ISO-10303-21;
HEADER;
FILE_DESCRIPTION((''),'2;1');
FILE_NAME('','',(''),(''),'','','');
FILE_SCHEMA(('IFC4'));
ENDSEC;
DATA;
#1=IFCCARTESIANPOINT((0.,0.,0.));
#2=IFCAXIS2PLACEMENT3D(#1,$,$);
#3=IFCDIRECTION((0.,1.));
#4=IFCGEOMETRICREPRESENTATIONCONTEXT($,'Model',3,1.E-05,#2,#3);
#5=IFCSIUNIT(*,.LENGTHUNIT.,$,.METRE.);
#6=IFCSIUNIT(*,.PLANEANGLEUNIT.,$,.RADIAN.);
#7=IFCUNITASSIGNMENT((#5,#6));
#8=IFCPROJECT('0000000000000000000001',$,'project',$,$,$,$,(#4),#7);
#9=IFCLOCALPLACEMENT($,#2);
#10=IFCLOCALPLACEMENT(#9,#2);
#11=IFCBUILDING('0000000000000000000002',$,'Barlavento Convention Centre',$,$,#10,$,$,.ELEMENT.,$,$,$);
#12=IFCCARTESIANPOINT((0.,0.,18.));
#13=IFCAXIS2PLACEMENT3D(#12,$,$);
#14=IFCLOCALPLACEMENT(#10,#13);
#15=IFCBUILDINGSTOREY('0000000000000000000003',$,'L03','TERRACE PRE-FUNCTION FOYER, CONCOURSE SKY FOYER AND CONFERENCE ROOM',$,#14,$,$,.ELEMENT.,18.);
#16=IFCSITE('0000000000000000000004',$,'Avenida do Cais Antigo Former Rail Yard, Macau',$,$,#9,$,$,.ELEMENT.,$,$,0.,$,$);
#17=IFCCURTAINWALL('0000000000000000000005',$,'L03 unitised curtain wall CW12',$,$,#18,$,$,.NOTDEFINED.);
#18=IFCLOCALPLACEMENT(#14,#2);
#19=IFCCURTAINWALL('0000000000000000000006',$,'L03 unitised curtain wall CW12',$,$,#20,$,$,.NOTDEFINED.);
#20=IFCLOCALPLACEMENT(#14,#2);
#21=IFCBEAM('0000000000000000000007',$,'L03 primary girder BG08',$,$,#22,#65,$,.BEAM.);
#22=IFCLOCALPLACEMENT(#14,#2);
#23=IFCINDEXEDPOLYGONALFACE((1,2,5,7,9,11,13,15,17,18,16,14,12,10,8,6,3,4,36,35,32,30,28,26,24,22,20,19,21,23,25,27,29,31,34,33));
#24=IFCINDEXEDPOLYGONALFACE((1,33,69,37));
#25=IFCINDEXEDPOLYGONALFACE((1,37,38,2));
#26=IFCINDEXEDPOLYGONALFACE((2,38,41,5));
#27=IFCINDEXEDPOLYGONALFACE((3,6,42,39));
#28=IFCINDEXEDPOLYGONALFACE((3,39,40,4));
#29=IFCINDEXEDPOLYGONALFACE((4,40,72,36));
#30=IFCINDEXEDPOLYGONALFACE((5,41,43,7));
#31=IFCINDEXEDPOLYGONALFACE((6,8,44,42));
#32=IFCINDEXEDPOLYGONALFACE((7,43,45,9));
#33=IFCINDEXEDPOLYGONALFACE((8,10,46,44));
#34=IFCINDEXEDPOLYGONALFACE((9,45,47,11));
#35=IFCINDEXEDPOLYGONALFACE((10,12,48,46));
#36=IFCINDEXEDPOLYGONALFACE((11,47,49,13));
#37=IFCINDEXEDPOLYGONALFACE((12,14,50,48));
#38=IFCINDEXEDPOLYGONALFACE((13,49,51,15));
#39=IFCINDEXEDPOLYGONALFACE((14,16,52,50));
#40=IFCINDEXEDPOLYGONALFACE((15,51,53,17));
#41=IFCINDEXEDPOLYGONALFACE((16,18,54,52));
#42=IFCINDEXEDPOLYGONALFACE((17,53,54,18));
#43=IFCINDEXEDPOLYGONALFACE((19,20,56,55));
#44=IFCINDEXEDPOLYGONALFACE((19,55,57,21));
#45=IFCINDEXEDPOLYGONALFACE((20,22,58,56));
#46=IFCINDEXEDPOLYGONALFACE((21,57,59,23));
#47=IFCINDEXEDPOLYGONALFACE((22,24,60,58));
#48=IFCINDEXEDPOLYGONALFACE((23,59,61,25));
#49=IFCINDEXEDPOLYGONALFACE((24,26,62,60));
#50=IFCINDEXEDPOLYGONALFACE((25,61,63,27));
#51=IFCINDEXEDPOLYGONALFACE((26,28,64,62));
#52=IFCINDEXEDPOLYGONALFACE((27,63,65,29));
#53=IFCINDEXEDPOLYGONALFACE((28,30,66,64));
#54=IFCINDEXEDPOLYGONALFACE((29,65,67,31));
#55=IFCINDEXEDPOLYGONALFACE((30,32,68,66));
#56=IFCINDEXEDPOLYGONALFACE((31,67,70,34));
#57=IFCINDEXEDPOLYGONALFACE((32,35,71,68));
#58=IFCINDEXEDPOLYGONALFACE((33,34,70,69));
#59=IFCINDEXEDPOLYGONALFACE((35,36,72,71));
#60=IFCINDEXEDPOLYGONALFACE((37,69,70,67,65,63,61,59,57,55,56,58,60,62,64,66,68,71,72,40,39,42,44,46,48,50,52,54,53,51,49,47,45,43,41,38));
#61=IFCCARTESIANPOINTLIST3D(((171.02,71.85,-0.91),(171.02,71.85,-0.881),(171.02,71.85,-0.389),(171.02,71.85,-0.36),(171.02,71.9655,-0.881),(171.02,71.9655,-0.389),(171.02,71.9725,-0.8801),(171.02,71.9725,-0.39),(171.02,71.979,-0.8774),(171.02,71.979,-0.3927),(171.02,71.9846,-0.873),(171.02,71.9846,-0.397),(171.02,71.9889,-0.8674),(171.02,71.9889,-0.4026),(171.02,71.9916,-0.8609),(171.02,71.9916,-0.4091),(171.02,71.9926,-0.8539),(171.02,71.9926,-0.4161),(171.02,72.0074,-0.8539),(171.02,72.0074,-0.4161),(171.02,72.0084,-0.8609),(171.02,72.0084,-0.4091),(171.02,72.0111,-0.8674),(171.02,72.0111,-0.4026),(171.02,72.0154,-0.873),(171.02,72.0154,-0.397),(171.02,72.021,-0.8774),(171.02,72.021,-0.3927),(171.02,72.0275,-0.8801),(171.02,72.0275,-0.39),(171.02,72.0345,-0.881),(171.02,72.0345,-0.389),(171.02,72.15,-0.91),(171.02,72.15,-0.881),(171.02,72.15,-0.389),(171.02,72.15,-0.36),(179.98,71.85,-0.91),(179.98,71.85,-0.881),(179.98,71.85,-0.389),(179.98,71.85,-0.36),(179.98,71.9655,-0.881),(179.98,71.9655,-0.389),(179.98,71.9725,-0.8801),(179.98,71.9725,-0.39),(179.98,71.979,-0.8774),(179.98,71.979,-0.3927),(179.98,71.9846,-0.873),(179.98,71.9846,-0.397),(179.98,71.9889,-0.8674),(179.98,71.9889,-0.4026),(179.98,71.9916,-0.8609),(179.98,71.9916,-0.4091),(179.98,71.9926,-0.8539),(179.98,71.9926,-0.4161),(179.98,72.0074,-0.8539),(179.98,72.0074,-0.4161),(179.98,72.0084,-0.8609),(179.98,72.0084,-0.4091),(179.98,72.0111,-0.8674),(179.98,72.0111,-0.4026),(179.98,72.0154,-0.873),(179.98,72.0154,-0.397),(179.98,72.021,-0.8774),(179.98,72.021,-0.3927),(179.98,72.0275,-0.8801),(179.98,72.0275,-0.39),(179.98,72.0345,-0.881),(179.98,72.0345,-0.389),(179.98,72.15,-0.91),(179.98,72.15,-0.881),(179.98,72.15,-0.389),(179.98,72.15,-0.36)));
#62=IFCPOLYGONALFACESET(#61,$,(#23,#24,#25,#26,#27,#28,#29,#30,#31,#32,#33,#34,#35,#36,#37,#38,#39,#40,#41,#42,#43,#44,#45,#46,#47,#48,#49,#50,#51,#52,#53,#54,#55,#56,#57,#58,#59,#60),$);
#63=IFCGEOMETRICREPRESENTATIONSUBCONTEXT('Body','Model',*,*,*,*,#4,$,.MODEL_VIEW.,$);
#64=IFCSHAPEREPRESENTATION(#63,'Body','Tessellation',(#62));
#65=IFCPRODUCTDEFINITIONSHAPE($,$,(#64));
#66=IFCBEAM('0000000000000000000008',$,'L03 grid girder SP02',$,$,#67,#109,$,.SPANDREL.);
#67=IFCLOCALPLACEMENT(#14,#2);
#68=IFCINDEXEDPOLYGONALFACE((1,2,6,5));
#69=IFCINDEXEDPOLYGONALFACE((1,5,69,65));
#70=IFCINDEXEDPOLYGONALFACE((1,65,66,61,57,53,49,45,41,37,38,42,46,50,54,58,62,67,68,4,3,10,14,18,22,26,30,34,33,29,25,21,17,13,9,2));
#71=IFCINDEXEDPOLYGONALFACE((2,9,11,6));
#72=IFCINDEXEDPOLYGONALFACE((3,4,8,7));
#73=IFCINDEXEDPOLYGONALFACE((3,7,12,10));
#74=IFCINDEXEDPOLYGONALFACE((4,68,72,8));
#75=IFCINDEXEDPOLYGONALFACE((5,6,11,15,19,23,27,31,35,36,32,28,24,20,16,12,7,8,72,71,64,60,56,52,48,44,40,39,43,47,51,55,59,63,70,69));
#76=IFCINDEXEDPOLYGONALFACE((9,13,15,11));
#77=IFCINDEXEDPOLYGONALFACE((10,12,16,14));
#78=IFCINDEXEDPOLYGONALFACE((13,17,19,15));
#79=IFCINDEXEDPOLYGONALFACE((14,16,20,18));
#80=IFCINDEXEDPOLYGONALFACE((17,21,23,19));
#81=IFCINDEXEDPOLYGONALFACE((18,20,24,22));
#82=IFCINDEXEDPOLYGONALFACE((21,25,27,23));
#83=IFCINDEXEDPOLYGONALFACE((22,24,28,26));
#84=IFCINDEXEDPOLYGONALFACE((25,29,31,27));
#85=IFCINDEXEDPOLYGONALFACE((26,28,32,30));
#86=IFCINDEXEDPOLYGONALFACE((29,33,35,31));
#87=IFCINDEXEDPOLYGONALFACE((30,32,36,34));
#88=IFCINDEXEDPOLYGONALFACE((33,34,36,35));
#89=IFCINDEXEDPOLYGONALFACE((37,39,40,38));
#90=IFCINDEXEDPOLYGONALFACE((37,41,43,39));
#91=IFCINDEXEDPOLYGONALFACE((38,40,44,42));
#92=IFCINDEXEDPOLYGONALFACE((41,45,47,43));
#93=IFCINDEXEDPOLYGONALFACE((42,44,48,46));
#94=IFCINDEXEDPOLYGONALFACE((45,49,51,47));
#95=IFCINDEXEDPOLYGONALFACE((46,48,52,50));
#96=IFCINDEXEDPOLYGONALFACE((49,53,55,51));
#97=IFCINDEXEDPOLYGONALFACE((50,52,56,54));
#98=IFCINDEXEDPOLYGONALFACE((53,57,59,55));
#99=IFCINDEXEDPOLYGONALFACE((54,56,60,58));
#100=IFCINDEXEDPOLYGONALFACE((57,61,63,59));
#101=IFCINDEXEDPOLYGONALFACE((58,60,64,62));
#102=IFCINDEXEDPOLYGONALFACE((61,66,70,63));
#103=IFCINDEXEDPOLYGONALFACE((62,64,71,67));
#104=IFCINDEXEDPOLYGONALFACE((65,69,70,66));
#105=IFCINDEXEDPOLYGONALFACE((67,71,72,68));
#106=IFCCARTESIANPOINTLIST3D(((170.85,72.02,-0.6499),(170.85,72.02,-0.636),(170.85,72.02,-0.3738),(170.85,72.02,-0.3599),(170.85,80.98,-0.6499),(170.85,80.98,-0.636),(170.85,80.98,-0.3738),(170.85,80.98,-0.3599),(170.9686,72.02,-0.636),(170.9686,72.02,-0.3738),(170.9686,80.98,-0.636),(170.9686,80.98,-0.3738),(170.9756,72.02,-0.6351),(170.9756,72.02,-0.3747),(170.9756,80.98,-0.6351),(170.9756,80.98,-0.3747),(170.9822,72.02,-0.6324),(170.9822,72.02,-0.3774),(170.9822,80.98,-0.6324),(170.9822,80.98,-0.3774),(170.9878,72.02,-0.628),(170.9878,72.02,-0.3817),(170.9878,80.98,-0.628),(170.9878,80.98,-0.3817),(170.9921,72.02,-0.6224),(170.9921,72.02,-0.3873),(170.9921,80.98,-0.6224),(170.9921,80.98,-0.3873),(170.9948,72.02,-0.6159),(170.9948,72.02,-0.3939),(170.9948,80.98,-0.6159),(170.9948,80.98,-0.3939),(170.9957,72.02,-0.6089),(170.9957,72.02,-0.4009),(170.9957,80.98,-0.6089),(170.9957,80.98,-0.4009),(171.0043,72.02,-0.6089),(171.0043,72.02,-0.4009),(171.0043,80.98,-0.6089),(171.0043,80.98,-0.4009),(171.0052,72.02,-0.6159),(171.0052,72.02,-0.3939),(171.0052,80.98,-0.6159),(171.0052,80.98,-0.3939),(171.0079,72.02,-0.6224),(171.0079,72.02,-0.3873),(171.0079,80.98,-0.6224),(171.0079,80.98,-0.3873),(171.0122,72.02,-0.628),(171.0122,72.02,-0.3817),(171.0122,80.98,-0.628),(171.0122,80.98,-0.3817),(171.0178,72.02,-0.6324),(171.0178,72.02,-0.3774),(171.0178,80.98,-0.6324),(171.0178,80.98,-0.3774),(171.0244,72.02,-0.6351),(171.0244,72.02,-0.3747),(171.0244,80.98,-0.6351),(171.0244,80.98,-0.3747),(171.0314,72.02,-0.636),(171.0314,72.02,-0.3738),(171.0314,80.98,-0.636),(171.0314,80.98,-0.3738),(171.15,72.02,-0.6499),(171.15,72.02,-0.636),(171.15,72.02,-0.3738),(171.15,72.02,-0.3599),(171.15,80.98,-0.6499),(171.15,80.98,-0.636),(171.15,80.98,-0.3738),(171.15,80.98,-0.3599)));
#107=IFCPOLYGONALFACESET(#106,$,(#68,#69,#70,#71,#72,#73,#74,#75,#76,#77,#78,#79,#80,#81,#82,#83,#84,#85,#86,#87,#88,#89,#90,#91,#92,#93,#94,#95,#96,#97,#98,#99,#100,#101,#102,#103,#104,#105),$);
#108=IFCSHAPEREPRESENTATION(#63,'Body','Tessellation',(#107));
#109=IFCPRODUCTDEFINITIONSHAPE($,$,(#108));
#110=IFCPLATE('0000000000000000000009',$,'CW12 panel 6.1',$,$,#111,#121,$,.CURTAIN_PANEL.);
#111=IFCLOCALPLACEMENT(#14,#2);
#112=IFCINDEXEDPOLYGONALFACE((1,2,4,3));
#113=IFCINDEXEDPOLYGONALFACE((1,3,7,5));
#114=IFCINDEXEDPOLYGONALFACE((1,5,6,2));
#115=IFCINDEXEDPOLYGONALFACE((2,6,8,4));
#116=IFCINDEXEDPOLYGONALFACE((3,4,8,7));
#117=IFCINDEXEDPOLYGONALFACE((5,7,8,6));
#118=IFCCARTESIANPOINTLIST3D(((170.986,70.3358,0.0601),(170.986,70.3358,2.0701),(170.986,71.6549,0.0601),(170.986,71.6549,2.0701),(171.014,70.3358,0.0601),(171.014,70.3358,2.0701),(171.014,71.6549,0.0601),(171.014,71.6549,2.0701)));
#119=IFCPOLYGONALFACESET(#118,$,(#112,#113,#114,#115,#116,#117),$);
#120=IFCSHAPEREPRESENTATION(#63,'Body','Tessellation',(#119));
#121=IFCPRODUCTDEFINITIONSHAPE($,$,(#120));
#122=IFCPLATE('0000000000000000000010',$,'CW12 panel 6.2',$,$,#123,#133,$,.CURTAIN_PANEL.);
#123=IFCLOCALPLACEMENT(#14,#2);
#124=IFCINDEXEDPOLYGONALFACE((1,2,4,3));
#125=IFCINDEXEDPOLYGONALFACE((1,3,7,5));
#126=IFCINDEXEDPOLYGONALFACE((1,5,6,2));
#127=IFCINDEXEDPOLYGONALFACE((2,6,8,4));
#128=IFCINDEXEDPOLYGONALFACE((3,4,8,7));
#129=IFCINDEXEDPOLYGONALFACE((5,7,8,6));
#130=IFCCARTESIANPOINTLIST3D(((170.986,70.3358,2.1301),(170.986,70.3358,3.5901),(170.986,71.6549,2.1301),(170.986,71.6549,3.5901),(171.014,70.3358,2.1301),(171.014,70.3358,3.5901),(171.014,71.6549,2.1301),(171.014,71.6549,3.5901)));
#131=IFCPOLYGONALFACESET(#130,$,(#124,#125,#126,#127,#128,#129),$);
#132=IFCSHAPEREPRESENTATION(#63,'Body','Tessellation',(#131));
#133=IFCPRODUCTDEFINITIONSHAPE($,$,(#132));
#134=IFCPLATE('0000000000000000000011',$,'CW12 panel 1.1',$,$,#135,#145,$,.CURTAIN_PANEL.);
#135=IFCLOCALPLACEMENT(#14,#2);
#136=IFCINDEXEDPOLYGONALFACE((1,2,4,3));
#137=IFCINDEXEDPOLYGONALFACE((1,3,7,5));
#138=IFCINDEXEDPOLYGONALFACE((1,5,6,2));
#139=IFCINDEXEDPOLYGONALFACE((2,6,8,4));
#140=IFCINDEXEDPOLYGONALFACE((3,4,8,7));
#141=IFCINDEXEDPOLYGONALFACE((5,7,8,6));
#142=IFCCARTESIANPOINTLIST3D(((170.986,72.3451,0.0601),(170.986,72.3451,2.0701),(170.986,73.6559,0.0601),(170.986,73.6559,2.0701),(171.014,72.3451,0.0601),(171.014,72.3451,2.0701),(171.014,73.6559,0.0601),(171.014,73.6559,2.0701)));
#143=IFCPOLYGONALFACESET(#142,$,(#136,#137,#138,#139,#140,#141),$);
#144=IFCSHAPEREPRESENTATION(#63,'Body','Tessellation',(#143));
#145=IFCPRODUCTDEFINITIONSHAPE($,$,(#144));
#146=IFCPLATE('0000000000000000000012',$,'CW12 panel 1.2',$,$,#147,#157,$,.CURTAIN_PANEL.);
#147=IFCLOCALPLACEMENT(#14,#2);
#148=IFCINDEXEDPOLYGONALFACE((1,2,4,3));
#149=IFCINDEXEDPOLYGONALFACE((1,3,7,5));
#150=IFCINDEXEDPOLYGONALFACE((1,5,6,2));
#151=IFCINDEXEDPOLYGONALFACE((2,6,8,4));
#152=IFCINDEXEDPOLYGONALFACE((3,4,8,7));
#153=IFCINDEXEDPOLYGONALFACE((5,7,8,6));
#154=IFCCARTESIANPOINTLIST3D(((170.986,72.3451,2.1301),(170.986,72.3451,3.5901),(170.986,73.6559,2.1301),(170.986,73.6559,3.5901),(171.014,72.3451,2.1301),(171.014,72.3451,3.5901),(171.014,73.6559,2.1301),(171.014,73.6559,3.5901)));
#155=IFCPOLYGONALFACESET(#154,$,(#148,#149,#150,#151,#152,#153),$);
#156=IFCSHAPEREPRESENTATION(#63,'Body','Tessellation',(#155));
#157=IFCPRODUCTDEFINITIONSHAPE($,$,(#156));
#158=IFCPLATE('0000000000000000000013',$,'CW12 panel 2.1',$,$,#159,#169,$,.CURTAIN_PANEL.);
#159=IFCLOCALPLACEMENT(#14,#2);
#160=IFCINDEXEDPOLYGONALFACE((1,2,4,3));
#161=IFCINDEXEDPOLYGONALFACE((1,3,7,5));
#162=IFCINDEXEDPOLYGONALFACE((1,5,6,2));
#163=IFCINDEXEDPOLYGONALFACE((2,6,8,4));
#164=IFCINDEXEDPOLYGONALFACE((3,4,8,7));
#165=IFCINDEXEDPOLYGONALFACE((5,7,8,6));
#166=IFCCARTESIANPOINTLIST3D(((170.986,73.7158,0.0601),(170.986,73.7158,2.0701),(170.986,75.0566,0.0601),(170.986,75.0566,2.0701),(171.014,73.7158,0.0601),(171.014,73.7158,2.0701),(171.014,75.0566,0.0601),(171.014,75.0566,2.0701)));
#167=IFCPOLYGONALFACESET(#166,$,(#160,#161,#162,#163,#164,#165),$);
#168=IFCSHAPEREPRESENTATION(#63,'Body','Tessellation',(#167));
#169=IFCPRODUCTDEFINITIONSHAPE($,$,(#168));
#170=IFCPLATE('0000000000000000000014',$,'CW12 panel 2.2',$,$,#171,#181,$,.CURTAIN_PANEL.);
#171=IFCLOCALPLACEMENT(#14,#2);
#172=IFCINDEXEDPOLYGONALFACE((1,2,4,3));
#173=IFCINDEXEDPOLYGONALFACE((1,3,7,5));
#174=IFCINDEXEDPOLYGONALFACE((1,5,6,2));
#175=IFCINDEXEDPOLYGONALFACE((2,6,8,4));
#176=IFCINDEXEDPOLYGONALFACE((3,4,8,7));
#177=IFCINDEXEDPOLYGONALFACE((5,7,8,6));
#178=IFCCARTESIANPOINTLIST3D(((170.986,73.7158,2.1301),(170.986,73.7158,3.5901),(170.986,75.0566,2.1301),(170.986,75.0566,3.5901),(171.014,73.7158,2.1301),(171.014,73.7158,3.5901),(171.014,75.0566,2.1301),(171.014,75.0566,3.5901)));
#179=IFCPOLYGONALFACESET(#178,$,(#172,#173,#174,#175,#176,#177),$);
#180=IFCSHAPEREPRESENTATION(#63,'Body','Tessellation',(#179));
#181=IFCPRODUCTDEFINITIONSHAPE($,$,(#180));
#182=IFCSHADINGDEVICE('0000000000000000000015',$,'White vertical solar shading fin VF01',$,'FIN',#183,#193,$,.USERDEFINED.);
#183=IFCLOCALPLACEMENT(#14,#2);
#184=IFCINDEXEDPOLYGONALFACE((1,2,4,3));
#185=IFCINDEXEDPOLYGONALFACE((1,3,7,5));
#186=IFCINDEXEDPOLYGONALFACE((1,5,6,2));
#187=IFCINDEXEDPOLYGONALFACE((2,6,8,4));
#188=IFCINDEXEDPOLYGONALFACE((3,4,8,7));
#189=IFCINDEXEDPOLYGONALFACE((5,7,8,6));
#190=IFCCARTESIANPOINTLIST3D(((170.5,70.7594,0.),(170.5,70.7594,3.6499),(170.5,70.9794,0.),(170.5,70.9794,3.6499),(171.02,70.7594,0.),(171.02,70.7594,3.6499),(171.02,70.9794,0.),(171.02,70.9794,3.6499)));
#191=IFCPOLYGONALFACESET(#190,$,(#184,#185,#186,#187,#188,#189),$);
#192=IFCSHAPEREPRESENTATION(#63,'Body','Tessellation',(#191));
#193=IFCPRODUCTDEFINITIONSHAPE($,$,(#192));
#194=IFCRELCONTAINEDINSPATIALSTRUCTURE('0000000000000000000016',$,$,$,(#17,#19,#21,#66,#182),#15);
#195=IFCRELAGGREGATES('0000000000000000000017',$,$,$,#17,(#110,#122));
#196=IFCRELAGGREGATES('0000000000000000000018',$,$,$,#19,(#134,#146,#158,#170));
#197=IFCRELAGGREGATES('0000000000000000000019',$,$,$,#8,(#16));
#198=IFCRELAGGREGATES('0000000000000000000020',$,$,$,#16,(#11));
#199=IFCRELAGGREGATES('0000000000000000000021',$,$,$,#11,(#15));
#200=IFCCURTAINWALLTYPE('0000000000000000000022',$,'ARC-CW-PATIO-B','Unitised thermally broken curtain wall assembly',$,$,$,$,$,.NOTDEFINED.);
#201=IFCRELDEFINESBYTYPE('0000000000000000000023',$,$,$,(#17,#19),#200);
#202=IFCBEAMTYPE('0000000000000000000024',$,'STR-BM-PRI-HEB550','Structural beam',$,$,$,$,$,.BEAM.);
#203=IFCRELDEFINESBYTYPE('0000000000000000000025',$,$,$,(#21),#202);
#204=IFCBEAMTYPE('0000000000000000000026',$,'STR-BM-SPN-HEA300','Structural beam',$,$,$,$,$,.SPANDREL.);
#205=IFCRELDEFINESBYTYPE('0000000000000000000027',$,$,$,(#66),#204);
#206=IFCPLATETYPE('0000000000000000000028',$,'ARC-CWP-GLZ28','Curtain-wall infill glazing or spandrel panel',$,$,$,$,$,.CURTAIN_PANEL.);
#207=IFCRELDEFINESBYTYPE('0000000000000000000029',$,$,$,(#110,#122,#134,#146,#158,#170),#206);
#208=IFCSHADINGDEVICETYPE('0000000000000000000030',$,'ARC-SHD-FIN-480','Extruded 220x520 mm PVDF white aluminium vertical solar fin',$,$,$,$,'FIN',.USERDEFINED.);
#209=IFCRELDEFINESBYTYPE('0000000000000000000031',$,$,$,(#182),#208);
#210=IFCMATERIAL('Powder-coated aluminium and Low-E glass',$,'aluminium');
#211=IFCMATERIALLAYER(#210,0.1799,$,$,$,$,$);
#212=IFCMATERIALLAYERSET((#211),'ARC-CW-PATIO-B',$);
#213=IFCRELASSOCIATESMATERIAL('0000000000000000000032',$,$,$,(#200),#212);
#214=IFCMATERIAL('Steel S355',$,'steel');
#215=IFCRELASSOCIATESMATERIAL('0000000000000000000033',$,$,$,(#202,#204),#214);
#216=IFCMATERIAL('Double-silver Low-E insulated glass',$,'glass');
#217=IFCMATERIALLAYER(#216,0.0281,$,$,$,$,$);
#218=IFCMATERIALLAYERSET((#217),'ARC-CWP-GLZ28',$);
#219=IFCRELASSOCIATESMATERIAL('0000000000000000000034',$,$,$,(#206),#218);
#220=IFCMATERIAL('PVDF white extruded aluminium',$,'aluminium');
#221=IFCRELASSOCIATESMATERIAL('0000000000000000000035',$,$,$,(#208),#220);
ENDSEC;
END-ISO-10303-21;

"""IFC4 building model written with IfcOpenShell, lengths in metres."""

from ifc_helpers import new_model, si_unit, direction, frame, origin, origin_2d, place, context, subcontext, project, spatial, rectangle, i_section, extrude, material, layer, layer_set, material_profile, profile_set, type_object, element, aggregate, save


model = new_model("IFC4")

# Units and contexts
model_context = context("Model", 3, precision=1e-05, world=origin(), true_north=direction((0.0, 1.0)))
body_context = subcontext(model_context, "Body", "Model", "MODEL_VIEW")
ifc_project = project(units=[si_unit("LENGTHUNIT", "METRE"), si_unit("PLANEANGLEUNIT", "RADIAN")], contexts=[model_context])

# Site, building, storey
site_placement = place(None, origin())
site = spatial("IfcSite", under=ifc_project, at=site_placement, Name="Avenida do Cais Antigo Former Rail Yard, Macau", CompositionType="ELEMENT", RefElevation=0.0)
building_placement = place(site_placement, origin())
building = spatial("IfcBuilding", under=site, at=building_placement, Name="Barlavento Convention Centre", CompositionType="ELEMENT")
storey_placement = place(building_placement, frame((0.0, 0.0, 18.0)))
storey = spatial("IfcBuildingStorey", under=building, at=storey_placement, Name="L03", Description="TERRACE PRE-FUNCTION FOYER, CONCOURSE SKY FOYER AND CONFERENCE ROOM", CompositionType="ELEMENT", Elevation=18.0)

# Shared definitions
ifc_material_1 = material(Name="Steel S355", Category="steel")

# Curtain wall
ifc_material_2 = material(Name="Powder-coated aluminium and Low-E glass", Category="aluminium")
ifc_layer_1 = layer(ifc_material_2, 0.1799)
ifc_layer_set_1 = layer_set([ifc_layer_1], Name="ARC-CW-PATIO-B")
curtain_wall_type = type_object("IfcCurtainWallType", Name="ARC-CW-PATIO-B", Description="Unitised thermally broken curtain wall assembly", PredefinedType="NOTDEFINED", material=ifc_layer_set_1)
curtain_wall_1_placement = place(storey_placement, origin())
curtain_wall_1 = element("IfcCurtainWall", 1, at=curtain_wall_1_placement, inside=storey, type_object=curtain_wall_type, Name="L03 unitised curtain wall CW12", PredefinedType="NOTDEFINED")

# Curtain wall
curtain_wall_2_placement = place(storey_placement, origin())
curtain_wall_2 = element("IfcCurtainWall", 2, at=curtain_wall_2_placement, inside=storey, type_object=curtain_wall_type, Name="L03 unitised curtain wall CW12", PredefinedType="NOTDEFINED")

# Beams
ifc_material_profile_1 = material_profile(ifc_material_1, i_section(OverallWidth=0.3, OverallDepth=0.55, WebThickness=0.0149, FlangeThickness=0.0291, FilletRadius=0.0271, at=origin_2d()), Name="HEB 550")
ifc_profile_set_1 = profile_set([ifc_material_profile_1], Name="Steel S355")
beam_type_1 = type_object("IfcBeamType", Name="STR-BM-PRI-HEB550", Description="Structural beam", PredefinedType="BEAM", material=ifc_profile_set_1)
beam_1_placement = place(storey_placement, frame((171.02, 72.0, -0.635), z_axis=(1.0, 0.0, 0.0), x_axis=(0.0, 1.0, 0.0)))
element("IfcBeam", 3, at=beam_1_placement, inside=storey, type_object=beam_type_1, Name="L03 primary girder BG08", PredefinedType="BEAM", context=body_context, shape_type="SweptSolid", body=[
    extrude(i_section(OverallWidth=0.3, OverallDepth=0.55, WebThickness=0.0149, FlangeThickness=0.0291, FilletRadius=0.0271, at=origin_2d()), origin(), (0.0, 0.0, 1.0), 8.96),
])
ifc_material_profile_2 = material_profile(ifc_material_1, i_section(OverallWidth=0.3, OverallDepth=0.29, WebThickness=0.0085, FlangeThickness=0.0139, FilletRadius=0.0271, at=origin_2d()), Name="HEA 300")
ifc_profile_set_2 = profile_set([ifc_material_profile_2], Name="Steel S355")
beam_type_2 = type_object("IfcBeamType", Name="STR-BM-SPN-HEA300", Description="Structural beam", PredefinedType="SPANDREL", material=ifc_profile_set_2)
beam_2_placement = place(storey_placement, frame((171.0, 72.02, -0.5049), z_axis=(0.0, 1.0, 0.0), x_axis=(-1.0, 0.0, 0.0)))
element("IfcBeam", 4, at=beam_2_placement, inside=storey, type_object=beam_type_2, Name="L03 grid girder SP02", PredefinedType="SPANDREL", context=body_context, shape_type="SweptSolid", body=[
    extrude(i_section(OverallWidth=0.3, OverallDepth=0.29, WebThickness=0.0085, FlangeThickness=0.0139, FilletRadius=0.0271, at=origin_2d()), origin(), (0.0, 0.0, 1.0), 8.96),
])

# Plates
ifc_material_3 = material(Name="Double-silver Low-E insulated glass", Category="glass")
ifc_layer_2 = layer(ifc_material_3, 0.0281)
ifc_layer_set_2 = layer_set([ifc_layer_2], Name="ARC-CWP-GLZ28")
plate_type = type_object("IfcPlateType", Name="ARC-CWP-GLZ28", Description="Curtain-wall infill glazing or spandrel panel", PredefinedType="CURTAIN_PANEL", material=ifc_layer_set_2)
plate_1_placement = place(storey_placement, frame((171.0, 70.9954, 0.0601), z_axis=(0.0, 0.0, 1.0), x_axis=(0.0, 1.0, 0.0)))
plate_1 = element("IfcPlate", 5, at=plate_1_placement, type_object=plate_type, Name="CW12 panel 6.1", PredefinedType="CURTAIN_PANEL", context=body_context, shape_type="SweptSolid", body=[
    extrude(rectangle(XDim=1.3191, YDim=0.0281, at=origin_2d()), origin(), (0.0, 0.0, 1.0), 2.01),
])
plate_2_placement = place(storey_placement, frame((171.0, 70.9954, 2.1301), z_axis=(0.0, 0.0, 1.0), x_axis=(0.0, 1.0, 0.0)))
plate_2 = element("IfcPlate", 6, at=plate_2_placement, type_object=plate_type, Name="CW12 panel 6.2", PredefinedType="CURTAIN_PANEL", context=body_context, shape_type="SweptSolid", body=[
    extrude(rectangle(XDim=1.3191, YDim=0.0281, at=origin_2d()), origin(), (0.0, 0.0, 1.0), 1.46),
])
aggregate(curtain_wall_1, [plate_1, plate_2])
plate_3_placement = place(storey_placement, frame((171.0, 73.0005, 0.0601), z_axis=(0.0, 0.0, 1.0), x_axis=(0.0, 1.0, 0.0)))
plate_3 = element("IfcPlate", 7, at=plate_3_placement, type_object=plate_type, Name="CW12 panel 1.1", PredefinedType="CURTAIN_PANEL", context=body_context, shape_type="SweptSolid", body=[
    extrude(rectangle(XDim=1.3108, YDim=0.0281, at=origin_2d()), origin(), (0.0, 0.0, 1.0), 2.01),
])
plate_4_placement = place(storey_placement, frame((171.0, 73.0005, 2.1301), z_axis=(0.0, 0.0, 1.0), x_axis=(0.0, 1.0, 0.0)))
plate_4 = element("IfcPlate", 8, at=plate_4_placement, type_object=plate_type, Name="CW12 panel 1.2", PredefinedType="CURTAIN_PANEL", context=body_context, shape_type="SweptSolid", body=[
    extrude(rectangle(XDim=1.3108, YDim=0.0281, at=origin_2d()), origin(), (0.0, 0.0, 1.0), 1.46),
])
plate_5_placement = place(storey_placement, frame((171.0, 74.3862, 0.0601), z_axis=(0.0, 0.0, 1.0), x_axis=(0.0, 1.0, 0.0)))
plate_5 = element("IfcPlate", 9, at=plate_5_placement, type_object=plate_type, Name="CW12 panel 2.1", PredefinedType="CURTAIN_PANEL", context=body_context, shape_type="SweptSolid", body=[
    extrude(rectangle(XDim=1.3408, YDim=0.0281, at=origin_2d()), origin(), (0.0, 0.0, 1.0), 2.01),
])
plate_6_placement = place(storey_placement, frame((171.0, 74.3862, 2.1301), z_axis=(0.0, 0.0, 1.0), x_axis=(0.0, 1.0, 0.0)))
plate_6 = element("IfcPlate", 10, at=plate_6_placement, type_object=plate_type, Name="CW12 panel 2.2", PredefinedType="CURTAIN_PANEL", context=body_context, shape_type="SweptSolid", body=[
    extrude(rectangle(XDim=1.3408, YDim=0.0281, at=origin_2d()), origin(), (0.0, 0.0, 1.0), 1.46),
])
aggregate(curtain_wall_2, [plate_3, plate_4, plate_5, plate_6])

# Shading device
ifc_material_4 = material(Name="PVDF white extruded aluminium", Category="aluminium")
shading_device_type = type_object("IfcShadingDeviceType", Name="ARC-SHD-FIN-480", Description="Extruded 220x520 mm PVDF white aluminium vertical solar fin", ElementType="FIN", PredefinedType="USERDEFINED", material=ifc_material_4)
for number, where, z_axis, x_axis, name in (
    (11, (170.76, 70.8694, 0.0), (0.0, 0.0, 1.0), (0.0, 1.0, 0.0), "White vertical solar shading fin VF01"),
):
    element("IfcShadingDevice", number, at=place(storey_placement, frame(where, z_axis=z_axis, x_axis=x_axis)), inside=storey, type_object=shading_device_type, Name=name, ObjectType="FIN", PredefinedType="USERDEFINED", context=body_context, shape_type="SweptSolid", body=[
        extrude(rectangle(XDim=0.22, YDim=0.52, at=origin_2d()), origin(), (0.0, 0.0, 1.0), 3.6499),
    ])

save(model, "model.ifc")
